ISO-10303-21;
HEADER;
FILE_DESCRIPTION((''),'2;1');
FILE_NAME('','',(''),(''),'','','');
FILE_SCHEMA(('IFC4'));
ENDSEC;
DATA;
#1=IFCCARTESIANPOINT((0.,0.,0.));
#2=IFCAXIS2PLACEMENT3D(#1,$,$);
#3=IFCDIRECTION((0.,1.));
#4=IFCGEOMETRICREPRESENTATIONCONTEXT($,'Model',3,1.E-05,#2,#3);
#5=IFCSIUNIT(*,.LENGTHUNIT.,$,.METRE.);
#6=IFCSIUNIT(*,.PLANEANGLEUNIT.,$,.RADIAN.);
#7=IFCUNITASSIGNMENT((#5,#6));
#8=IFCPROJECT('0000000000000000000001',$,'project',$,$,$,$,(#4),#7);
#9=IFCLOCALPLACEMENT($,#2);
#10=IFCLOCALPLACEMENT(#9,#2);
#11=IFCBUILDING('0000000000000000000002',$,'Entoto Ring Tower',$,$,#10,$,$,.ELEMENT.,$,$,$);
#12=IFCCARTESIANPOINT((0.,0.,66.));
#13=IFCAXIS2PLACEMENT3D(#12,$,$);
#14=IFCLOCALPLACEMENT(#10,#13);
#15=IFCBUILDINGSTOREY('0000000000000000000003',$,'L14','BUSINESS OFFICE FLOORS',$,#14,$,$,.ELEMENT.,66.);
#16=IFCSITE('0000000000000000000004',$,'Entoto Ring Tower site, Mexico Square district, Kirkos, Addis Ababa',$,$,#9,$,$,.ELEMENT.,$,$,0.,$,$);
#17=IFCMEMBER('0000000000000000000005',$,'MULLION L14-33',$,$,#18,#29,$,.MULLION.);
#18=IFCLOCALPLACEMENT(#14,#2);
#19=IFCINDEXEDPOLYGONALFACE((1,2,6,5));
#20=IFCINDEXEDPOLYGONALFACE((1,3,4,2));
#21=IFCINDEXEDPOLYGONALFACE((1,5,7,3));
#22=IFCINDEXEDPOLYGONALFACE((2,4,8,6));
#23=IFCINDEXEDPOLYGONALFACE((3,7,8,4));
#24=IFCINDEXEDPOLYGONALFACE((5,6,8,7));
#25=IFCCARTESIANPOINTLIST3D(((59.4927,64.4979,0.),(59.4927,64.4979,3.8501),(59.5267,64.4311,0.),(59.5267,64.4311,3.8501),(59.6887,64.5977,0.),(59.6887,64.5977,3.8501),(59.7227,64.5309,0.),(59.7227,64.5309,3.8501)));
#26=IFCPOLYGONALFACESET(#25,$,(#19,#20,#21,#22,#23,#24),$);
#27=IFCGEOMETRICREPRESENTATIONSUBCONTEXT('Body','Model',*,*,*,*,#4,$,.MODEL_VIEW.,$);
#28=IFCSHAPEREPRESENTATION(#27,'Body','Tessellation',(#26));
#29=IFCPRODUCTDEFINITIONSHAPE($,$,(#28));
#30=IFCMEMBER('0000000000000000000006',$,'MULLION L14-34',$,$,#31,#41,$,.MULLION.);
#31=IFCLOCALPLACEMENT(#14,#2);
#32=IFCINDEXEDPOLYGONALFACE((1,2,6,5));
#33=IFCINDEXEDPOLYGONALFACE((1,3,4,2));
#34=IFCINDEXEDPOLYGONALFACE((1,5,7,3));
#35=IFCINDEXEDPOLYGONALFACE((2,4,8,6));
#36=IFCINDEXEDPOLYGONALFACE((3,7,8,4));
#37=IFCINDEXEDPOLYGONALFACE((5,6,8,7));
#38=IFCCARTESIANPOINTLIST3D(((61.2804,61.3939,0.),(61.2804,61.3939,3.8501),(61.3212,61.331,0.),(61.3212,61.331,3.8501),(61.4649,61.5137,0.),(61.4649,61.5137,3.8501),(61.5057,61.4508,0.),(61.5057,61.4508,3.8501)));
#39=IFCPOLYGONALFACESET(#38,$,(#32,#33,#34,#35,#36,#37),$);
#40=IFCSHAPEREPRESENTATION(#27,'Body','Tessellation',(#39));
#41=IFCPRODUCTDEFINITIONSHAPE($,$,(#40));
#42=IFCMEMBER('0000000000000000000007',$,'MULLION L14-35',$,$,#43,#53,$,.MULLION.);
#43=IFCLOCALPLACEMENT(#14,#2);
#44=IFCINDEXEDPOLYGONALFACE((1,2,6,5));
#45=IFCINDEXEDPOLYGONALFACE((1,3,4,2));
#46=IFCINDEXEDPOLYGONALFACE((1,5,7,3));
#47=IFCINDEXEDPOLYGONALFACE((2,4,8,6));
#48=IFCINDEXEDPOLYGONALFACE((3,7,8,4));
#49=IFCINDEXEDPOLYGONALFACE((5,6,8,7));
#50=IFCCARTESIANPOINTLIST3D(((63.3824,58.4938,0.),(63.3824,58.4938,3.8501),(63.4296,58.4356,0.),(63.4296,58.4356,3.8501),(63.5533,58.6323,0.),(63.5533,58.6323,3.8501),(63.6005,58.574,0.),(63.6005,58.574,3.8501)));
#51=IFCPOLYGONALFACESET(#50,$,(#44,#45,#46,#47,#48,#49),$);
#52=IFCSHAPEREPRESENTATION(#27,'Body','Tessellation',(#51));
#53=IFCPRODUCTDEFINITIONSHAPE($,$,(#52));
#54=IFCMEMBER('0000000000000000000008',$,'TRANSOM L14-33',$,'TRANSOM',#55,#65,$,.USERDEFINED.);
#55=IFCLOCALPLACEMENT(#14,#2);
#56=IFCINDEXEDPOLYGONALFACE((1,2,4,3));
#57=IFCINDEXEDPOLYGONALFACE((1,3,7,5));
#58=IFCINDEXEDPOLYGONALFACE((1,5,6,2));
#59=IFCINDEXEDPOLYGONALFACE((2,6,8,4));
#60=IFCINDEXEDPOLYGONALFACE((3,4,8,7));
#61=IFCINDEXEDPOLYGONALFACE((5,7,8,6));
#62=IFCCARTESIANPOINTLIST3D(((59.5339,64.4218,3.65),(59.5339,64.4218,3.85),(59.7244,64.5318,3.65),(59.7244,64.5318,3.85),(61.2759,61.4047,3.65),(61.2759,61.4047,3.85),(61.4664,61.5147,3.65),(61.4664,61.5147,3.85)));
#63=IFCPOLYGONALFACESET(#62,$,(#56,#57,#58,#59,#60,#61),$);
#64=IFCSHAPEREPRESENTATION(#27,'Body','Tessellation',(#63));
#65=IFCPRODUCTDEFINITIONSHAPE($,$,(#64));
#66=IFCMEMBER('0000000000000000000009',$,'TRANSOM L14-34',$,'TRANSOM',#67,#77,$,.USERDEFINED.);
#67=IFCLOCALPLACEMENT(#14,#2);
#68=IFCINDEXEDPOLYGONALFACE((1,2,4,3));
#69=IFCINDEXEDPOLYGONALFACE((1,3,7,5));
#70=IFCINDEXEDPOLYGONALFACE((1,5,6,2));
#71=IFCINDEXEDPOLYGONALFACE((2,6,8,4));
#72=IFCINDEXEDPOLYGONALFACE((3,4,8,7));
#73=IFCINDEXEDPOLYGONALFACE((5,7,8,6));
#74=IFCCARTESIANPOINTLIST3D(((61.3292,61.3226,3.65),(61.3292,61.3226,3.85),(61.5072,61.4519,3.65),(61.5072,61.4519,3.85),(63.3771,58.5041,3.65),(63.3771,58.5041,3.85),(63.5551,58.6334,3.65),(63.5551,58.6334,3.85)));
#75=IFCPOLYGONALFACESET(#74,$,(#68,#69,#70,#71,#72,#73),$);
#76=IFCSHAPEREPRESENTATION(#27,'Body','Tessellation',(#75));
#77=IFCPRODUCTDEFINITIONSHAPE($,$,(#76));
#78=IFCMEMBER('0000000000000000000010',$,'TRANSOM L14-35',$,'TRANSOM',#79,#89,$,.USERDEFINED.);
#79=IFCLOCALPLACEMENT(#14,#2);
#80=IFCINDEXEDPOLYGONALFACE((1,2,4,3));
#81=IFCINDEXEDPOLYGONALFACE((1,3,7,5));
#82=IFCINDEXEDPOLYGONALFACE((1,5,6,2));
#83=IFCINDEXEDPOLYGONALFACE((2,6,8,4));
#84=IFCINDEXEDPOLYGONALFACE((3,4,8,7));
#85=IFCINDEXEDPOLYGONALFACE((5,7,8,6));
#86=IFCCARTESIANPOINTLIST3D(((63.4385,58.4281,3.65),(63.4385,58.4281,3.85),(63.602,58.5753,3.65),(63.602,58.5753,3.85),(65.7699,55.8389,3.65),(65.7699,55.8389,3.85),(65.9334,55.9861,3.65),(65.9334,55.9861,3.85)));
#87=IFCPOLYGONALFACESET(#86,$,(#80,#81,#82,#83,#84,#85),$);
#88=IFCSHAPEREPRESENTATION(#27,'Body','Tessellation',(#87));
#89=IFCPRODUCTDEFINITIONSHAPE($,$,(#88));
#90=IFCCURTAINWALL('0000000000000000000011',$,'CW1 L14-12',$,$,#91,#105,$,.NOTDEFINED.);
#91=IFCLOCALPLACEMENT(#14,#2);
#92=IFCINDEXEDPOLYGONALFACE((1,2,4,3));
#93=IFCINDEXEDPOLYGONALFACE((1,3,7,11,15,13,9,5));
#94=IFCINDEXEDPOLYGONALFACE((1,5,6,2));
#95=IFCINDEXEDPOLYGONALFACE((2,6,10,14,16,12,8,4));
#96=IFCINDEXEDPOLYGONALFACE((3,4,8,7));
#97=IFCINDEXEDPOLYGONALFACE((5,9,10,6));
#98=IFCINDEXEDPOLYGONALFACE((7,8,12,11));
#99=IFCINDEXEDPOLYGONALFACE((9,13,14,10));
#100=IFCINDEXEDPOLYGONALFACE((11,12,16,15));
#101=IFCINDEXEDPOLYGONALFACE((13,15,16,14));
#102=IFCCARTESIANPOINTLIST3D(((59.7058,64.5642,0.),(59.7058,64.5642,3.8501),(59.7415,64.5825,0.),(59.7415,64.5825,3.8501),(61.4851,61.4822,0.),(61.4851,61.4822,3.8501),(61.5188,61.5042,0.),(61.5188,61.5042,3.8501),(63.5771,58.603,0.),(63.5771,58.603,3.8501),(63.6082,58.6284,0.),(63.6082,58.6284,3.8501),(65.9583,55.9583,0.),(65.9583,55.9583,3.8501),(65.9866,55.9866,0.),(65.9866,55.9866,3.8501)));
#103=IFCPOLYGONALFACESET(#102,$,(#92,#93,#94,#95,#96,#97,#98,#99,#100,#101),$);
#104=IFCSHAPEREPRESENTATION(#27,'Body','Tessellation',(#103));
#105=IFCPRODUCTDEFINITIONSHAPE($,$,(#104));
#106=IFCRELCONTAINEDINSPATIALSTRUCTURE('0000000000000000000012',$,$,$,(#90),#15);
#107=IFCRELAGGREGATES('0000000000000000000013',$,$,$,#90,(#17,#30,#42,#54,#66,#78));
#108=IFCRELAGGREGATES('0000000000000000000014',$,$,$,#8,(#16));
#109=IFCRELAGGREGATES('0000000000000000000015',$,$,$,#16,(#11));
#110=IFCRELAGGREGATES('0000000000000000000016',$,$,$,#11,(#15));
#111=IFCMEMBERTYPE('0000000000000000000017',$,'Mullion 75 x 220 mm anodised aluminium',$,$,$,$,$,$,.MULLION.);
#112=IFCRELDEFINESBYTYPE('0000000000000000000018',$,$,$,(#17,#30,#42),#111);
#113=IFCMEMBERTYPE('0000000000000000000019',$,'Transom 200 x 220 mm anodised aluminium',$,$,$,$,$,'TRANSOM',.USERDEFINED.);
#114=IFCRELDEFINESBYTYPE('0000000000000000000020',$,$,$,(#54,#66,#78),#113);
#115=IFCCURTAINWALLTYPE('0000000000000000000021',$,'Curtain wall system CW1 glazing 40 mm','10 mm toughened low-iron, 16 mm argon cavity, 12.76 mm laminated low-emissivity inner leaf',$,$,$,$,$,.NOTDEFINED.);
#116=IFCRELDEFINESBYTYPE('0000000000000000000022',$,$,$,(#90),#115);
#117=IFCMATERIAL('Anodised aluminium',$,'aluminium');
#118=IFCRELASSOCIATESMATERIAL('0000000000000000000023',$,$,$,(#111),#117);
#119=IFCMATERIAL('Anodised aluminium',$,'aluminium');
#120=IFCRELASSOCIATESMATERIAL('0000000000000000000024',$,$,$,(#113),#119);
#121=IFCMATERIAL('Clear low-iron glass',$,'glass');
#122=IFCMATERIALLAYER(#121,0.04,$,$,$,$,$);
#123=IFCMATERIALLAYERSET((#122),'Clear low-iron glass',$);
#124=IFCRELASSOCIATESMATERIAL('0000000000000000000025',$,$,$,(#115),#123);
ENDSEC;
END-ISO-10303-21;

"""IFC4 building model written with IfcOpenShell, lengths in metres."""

from ifc_helpers import new_model, si_unit, direction, frame, origin, origin_2d, place, context, subcontext, project, spatial, polyline, rectangle, outline, extrude, material, layer, layer_set, material_profile, profile_set, type_object, element, aggregate, save


model = new_model("IFC4")

# Units and contexts
model_context = context("Model", 3, precision=1e-05, world=origin(), true_north=direction((0.0, 1.0)))
body_context = subcontext(model_context, "Body", "Model", "MODEL_VIEW")
ifc_project = project(units=[si_unit("LENGTHUNIT", "METRE"), si_unit("PLANEANGLEUNIT", "RADIAN")], contexts=[model_context])

# Members
ifc_material_1 = material(Name="Anodised aluminium", Category="aluminium")
ifc_material_profile_1 = material_profile(ifc_material_1, rectangle(XDim=0.075, YDim=0.22, at=origin_2d()), Name="Mullion 75 x 220 mm anodised aluminium")
ifc_profile_set_1 = profile_set([ifc_material_profile_1], Name="Anodised aluminium")
member_type_1 = type_object("IfcMemberType", Name="Mullion 75 x 220 mm anodised aluminium", PredefinedType="MULLION", material=ifc_profile_set_1)
site_placement = place(None, origin())
building_placement = place(site_placement, origin())
storey_placement = place(building_placement, frame((0.0, 0.0, 66.0)))
member_1_placement = place(storey_placement, frame((59.6077, 64.5144, 0.0), z_axis=(0.0, 0.0, 1.0), x_axis=(0.45399, -0.891007, 0.0)))
member_1 = element("IfcMember", 1, at=member_1_placement, type_object=member_type_1, Name="MULLION L14-33", PredefinedType="MULLION", context=body_context, shape_type="SweptSolid", body=[
    extrude(rectangle(XDim=0.075, YDim=0.22, at=origin_2d()), origin(), (0.0, 0.0, 1.0), 3.8501),
])
member_2_placement = place(storey_placement, frame((61.3931, 61.4224, 0.0), z_axis=(0.0, 0.0, 1.0), x_axis=(0.544639, -0.838671, 0.0)))
member_2 = element("IfcMember", 2, at=member_2_placement, type_object=member_type_1, Name="MULLION L14-34", PredefinedType="MULLION", context=body_context, shape_type="SweptSolid", body=[
    extrude(rectangle(XDim=0.075, YDim=0.22, at=origin_2d()), origin(), (0.0, 0.0, 1.0), 3.8501),
])
member_3_placement = place(storey_placement, frame((63.4915, 58.5339, 0.0), z_axis=(0.0, 0.0, 1.0), x_axis=(0.62932, -0.777146, 0.0)))
member_3 = element("IfcMember", 3, at=member_3_placement, type_object=member_type_1, Name="MULLION L14-35", PredefinedType="MULLION", context=body_context, shape_type="SweptSolid", body=[
    extrude(rectangle(XDim=0.075, YDim=0.22, at=origin_2d()), origin(), (0.0, 0.0, 1.0), 3.8501),
])
ifc_material_2 = material(Name="Anodised aluminium", Category="aluminium")
ifc_material_profile_2 = material_profile(ifc_material_2, rectangle(XDim=0.22, YDim=0.2, at=origin_2d()), Name="Transom 200 x 220 mm anodised aluminium")
ifc_profile_set_2 = profile_set([ifc_material_profile_2], Name="Anodised aluminium")
member_type_2 = type_object("IfcMemberType", Name="Transom 200 x 220 mm anodised aluminium", ElementType="TRANSOM", PredefinedType="USERDEFINED", material=ifc_profile_set_2)
member_4_placement = place(storey_placement, frame((59.6292, 64.4768, 3.75), z_axis=(0.500006, -0.866022, 0.0), x_axis=(0.866022, 0.500006, 0.0)))
member_4 = element("IfcMember", 4, at=member_4_placement, type_object=member_type_2, Name="TRANSOM L14-33", ObjectType="TRANSOM", PredefinedType="USERDEFINED", context=body_context, shape_type="SweptSolid", body=[
    extrude(rectangle(XDim=0.22, YDim=0.2, at=origin_2d()), origin(), (0.0, 0.0, 1.0), 3.4839),
])
member_5_placement = place(storey_placement, frame((61.4182, 61.3872, 3.75), z_axis=(0.587822, -0.808991, 0.0), x_axis=(0.808991, 0.587822, 0.0)))
member_5 = element("IfcMember", 5, at=member_5_placement, type_object=member_type_2, Name="TRANSOM L14-34", ObjectType="TRANSOM", PredefinedType="USERDEFINED", context=body_context, shape_type="SweptSolid", body=[
    extrude(rectangle(XDim=0.22, YDim=0.2, at=origin_2d()), origin(), (0.0, 0.0, 1.0), 3.4839),
])
member_6_placement = place(storey_placement, frame((63.5203, 58.5017, 3.75), z_axis=(0.669139, -0.743137, 0.0), x_axis=(0.743137, 0.669139, 0.0)))
member_6 = element("IfcMember", 6, at=member_6_placement, type_object=member_type_2, Name="TRANSOM L14-35", ObjectType="TRANSOM", PredefinedType="USERDEFINED", context=body_context, shape_type="SweptSolid", body=[
    extrude(rectangle(XDim=0.22, YDim=0.2, at=origin_2d()), origin(), (0.0, 0.0, 1.0), 3.4841),
])

# Site, building, storey
site = spatial("IfcSite", under=ifc_project, at=site_placement, Name="Entoto Ring Tower site, Mexico Square district, Kirkos, Addis Ababa", CompositionType="ELEMENT", RefElevation=0.0)
building = spatial("IfcBuilding", under=site, at=building_placement, Name="Entoto Ring Tower", CompositionType="ELEMENT")
storey = spatial("IfcBuildingStorey", under=building, at=storey_placement, Name="L14", Description="BUSINESS OFFICE FLOORS", CompositionType="ELEMENT", Elevation=66.0)

# Curtain wall
ifc_material_3 = material(Name="Clear low-iron glass", Category="glass")
ifc_layer = layer(ifc_material_3, 0.04)
ifc_layer_set = layer_set([ifc_layer], Name="Clear low-iron glass")
curtain_wall_type = type_object("IfcCurtainWallType", Name="Curtain wall system CW1 glazing 40 mm", Description="10 mm toughened low-iron, 16 mm argon cavity, 12.76 mm laminated low-emissivity inner leaf", PredefinedType="NOTDEFINED", material=ifc_layer_set)
curtain_wall_1_placement = place(storey_placement, origin())
curtain_wall_1 = element("IfcCurtainWall", 7, at=curtain_wall_1_placement, inside=storey, type_object=curtain_wall_type, Name="CW1 L14-12", PredefinedType="NOTDEFINED", context=body_context, shape_type="SweptSolid", body=[
    extrude(outline(polyline([(59.7058, 64.5642), (61.4851, 61.4822), (63.5771, 58.603), (65.9583, 55.9583), (65.9866, 55.9866), (63.6082, 58.6284), (61.5188, 61.5042), (59.7415, 64.5825), (59.7058, 64.5642)])), origin(), (0.0, 0.0, 1.0), 3.8501),
])
aggregate(curtain_wall_1, [member_1, member_2, member_3, member_4, member_5, member_6])

save(model, "model.ifc")
